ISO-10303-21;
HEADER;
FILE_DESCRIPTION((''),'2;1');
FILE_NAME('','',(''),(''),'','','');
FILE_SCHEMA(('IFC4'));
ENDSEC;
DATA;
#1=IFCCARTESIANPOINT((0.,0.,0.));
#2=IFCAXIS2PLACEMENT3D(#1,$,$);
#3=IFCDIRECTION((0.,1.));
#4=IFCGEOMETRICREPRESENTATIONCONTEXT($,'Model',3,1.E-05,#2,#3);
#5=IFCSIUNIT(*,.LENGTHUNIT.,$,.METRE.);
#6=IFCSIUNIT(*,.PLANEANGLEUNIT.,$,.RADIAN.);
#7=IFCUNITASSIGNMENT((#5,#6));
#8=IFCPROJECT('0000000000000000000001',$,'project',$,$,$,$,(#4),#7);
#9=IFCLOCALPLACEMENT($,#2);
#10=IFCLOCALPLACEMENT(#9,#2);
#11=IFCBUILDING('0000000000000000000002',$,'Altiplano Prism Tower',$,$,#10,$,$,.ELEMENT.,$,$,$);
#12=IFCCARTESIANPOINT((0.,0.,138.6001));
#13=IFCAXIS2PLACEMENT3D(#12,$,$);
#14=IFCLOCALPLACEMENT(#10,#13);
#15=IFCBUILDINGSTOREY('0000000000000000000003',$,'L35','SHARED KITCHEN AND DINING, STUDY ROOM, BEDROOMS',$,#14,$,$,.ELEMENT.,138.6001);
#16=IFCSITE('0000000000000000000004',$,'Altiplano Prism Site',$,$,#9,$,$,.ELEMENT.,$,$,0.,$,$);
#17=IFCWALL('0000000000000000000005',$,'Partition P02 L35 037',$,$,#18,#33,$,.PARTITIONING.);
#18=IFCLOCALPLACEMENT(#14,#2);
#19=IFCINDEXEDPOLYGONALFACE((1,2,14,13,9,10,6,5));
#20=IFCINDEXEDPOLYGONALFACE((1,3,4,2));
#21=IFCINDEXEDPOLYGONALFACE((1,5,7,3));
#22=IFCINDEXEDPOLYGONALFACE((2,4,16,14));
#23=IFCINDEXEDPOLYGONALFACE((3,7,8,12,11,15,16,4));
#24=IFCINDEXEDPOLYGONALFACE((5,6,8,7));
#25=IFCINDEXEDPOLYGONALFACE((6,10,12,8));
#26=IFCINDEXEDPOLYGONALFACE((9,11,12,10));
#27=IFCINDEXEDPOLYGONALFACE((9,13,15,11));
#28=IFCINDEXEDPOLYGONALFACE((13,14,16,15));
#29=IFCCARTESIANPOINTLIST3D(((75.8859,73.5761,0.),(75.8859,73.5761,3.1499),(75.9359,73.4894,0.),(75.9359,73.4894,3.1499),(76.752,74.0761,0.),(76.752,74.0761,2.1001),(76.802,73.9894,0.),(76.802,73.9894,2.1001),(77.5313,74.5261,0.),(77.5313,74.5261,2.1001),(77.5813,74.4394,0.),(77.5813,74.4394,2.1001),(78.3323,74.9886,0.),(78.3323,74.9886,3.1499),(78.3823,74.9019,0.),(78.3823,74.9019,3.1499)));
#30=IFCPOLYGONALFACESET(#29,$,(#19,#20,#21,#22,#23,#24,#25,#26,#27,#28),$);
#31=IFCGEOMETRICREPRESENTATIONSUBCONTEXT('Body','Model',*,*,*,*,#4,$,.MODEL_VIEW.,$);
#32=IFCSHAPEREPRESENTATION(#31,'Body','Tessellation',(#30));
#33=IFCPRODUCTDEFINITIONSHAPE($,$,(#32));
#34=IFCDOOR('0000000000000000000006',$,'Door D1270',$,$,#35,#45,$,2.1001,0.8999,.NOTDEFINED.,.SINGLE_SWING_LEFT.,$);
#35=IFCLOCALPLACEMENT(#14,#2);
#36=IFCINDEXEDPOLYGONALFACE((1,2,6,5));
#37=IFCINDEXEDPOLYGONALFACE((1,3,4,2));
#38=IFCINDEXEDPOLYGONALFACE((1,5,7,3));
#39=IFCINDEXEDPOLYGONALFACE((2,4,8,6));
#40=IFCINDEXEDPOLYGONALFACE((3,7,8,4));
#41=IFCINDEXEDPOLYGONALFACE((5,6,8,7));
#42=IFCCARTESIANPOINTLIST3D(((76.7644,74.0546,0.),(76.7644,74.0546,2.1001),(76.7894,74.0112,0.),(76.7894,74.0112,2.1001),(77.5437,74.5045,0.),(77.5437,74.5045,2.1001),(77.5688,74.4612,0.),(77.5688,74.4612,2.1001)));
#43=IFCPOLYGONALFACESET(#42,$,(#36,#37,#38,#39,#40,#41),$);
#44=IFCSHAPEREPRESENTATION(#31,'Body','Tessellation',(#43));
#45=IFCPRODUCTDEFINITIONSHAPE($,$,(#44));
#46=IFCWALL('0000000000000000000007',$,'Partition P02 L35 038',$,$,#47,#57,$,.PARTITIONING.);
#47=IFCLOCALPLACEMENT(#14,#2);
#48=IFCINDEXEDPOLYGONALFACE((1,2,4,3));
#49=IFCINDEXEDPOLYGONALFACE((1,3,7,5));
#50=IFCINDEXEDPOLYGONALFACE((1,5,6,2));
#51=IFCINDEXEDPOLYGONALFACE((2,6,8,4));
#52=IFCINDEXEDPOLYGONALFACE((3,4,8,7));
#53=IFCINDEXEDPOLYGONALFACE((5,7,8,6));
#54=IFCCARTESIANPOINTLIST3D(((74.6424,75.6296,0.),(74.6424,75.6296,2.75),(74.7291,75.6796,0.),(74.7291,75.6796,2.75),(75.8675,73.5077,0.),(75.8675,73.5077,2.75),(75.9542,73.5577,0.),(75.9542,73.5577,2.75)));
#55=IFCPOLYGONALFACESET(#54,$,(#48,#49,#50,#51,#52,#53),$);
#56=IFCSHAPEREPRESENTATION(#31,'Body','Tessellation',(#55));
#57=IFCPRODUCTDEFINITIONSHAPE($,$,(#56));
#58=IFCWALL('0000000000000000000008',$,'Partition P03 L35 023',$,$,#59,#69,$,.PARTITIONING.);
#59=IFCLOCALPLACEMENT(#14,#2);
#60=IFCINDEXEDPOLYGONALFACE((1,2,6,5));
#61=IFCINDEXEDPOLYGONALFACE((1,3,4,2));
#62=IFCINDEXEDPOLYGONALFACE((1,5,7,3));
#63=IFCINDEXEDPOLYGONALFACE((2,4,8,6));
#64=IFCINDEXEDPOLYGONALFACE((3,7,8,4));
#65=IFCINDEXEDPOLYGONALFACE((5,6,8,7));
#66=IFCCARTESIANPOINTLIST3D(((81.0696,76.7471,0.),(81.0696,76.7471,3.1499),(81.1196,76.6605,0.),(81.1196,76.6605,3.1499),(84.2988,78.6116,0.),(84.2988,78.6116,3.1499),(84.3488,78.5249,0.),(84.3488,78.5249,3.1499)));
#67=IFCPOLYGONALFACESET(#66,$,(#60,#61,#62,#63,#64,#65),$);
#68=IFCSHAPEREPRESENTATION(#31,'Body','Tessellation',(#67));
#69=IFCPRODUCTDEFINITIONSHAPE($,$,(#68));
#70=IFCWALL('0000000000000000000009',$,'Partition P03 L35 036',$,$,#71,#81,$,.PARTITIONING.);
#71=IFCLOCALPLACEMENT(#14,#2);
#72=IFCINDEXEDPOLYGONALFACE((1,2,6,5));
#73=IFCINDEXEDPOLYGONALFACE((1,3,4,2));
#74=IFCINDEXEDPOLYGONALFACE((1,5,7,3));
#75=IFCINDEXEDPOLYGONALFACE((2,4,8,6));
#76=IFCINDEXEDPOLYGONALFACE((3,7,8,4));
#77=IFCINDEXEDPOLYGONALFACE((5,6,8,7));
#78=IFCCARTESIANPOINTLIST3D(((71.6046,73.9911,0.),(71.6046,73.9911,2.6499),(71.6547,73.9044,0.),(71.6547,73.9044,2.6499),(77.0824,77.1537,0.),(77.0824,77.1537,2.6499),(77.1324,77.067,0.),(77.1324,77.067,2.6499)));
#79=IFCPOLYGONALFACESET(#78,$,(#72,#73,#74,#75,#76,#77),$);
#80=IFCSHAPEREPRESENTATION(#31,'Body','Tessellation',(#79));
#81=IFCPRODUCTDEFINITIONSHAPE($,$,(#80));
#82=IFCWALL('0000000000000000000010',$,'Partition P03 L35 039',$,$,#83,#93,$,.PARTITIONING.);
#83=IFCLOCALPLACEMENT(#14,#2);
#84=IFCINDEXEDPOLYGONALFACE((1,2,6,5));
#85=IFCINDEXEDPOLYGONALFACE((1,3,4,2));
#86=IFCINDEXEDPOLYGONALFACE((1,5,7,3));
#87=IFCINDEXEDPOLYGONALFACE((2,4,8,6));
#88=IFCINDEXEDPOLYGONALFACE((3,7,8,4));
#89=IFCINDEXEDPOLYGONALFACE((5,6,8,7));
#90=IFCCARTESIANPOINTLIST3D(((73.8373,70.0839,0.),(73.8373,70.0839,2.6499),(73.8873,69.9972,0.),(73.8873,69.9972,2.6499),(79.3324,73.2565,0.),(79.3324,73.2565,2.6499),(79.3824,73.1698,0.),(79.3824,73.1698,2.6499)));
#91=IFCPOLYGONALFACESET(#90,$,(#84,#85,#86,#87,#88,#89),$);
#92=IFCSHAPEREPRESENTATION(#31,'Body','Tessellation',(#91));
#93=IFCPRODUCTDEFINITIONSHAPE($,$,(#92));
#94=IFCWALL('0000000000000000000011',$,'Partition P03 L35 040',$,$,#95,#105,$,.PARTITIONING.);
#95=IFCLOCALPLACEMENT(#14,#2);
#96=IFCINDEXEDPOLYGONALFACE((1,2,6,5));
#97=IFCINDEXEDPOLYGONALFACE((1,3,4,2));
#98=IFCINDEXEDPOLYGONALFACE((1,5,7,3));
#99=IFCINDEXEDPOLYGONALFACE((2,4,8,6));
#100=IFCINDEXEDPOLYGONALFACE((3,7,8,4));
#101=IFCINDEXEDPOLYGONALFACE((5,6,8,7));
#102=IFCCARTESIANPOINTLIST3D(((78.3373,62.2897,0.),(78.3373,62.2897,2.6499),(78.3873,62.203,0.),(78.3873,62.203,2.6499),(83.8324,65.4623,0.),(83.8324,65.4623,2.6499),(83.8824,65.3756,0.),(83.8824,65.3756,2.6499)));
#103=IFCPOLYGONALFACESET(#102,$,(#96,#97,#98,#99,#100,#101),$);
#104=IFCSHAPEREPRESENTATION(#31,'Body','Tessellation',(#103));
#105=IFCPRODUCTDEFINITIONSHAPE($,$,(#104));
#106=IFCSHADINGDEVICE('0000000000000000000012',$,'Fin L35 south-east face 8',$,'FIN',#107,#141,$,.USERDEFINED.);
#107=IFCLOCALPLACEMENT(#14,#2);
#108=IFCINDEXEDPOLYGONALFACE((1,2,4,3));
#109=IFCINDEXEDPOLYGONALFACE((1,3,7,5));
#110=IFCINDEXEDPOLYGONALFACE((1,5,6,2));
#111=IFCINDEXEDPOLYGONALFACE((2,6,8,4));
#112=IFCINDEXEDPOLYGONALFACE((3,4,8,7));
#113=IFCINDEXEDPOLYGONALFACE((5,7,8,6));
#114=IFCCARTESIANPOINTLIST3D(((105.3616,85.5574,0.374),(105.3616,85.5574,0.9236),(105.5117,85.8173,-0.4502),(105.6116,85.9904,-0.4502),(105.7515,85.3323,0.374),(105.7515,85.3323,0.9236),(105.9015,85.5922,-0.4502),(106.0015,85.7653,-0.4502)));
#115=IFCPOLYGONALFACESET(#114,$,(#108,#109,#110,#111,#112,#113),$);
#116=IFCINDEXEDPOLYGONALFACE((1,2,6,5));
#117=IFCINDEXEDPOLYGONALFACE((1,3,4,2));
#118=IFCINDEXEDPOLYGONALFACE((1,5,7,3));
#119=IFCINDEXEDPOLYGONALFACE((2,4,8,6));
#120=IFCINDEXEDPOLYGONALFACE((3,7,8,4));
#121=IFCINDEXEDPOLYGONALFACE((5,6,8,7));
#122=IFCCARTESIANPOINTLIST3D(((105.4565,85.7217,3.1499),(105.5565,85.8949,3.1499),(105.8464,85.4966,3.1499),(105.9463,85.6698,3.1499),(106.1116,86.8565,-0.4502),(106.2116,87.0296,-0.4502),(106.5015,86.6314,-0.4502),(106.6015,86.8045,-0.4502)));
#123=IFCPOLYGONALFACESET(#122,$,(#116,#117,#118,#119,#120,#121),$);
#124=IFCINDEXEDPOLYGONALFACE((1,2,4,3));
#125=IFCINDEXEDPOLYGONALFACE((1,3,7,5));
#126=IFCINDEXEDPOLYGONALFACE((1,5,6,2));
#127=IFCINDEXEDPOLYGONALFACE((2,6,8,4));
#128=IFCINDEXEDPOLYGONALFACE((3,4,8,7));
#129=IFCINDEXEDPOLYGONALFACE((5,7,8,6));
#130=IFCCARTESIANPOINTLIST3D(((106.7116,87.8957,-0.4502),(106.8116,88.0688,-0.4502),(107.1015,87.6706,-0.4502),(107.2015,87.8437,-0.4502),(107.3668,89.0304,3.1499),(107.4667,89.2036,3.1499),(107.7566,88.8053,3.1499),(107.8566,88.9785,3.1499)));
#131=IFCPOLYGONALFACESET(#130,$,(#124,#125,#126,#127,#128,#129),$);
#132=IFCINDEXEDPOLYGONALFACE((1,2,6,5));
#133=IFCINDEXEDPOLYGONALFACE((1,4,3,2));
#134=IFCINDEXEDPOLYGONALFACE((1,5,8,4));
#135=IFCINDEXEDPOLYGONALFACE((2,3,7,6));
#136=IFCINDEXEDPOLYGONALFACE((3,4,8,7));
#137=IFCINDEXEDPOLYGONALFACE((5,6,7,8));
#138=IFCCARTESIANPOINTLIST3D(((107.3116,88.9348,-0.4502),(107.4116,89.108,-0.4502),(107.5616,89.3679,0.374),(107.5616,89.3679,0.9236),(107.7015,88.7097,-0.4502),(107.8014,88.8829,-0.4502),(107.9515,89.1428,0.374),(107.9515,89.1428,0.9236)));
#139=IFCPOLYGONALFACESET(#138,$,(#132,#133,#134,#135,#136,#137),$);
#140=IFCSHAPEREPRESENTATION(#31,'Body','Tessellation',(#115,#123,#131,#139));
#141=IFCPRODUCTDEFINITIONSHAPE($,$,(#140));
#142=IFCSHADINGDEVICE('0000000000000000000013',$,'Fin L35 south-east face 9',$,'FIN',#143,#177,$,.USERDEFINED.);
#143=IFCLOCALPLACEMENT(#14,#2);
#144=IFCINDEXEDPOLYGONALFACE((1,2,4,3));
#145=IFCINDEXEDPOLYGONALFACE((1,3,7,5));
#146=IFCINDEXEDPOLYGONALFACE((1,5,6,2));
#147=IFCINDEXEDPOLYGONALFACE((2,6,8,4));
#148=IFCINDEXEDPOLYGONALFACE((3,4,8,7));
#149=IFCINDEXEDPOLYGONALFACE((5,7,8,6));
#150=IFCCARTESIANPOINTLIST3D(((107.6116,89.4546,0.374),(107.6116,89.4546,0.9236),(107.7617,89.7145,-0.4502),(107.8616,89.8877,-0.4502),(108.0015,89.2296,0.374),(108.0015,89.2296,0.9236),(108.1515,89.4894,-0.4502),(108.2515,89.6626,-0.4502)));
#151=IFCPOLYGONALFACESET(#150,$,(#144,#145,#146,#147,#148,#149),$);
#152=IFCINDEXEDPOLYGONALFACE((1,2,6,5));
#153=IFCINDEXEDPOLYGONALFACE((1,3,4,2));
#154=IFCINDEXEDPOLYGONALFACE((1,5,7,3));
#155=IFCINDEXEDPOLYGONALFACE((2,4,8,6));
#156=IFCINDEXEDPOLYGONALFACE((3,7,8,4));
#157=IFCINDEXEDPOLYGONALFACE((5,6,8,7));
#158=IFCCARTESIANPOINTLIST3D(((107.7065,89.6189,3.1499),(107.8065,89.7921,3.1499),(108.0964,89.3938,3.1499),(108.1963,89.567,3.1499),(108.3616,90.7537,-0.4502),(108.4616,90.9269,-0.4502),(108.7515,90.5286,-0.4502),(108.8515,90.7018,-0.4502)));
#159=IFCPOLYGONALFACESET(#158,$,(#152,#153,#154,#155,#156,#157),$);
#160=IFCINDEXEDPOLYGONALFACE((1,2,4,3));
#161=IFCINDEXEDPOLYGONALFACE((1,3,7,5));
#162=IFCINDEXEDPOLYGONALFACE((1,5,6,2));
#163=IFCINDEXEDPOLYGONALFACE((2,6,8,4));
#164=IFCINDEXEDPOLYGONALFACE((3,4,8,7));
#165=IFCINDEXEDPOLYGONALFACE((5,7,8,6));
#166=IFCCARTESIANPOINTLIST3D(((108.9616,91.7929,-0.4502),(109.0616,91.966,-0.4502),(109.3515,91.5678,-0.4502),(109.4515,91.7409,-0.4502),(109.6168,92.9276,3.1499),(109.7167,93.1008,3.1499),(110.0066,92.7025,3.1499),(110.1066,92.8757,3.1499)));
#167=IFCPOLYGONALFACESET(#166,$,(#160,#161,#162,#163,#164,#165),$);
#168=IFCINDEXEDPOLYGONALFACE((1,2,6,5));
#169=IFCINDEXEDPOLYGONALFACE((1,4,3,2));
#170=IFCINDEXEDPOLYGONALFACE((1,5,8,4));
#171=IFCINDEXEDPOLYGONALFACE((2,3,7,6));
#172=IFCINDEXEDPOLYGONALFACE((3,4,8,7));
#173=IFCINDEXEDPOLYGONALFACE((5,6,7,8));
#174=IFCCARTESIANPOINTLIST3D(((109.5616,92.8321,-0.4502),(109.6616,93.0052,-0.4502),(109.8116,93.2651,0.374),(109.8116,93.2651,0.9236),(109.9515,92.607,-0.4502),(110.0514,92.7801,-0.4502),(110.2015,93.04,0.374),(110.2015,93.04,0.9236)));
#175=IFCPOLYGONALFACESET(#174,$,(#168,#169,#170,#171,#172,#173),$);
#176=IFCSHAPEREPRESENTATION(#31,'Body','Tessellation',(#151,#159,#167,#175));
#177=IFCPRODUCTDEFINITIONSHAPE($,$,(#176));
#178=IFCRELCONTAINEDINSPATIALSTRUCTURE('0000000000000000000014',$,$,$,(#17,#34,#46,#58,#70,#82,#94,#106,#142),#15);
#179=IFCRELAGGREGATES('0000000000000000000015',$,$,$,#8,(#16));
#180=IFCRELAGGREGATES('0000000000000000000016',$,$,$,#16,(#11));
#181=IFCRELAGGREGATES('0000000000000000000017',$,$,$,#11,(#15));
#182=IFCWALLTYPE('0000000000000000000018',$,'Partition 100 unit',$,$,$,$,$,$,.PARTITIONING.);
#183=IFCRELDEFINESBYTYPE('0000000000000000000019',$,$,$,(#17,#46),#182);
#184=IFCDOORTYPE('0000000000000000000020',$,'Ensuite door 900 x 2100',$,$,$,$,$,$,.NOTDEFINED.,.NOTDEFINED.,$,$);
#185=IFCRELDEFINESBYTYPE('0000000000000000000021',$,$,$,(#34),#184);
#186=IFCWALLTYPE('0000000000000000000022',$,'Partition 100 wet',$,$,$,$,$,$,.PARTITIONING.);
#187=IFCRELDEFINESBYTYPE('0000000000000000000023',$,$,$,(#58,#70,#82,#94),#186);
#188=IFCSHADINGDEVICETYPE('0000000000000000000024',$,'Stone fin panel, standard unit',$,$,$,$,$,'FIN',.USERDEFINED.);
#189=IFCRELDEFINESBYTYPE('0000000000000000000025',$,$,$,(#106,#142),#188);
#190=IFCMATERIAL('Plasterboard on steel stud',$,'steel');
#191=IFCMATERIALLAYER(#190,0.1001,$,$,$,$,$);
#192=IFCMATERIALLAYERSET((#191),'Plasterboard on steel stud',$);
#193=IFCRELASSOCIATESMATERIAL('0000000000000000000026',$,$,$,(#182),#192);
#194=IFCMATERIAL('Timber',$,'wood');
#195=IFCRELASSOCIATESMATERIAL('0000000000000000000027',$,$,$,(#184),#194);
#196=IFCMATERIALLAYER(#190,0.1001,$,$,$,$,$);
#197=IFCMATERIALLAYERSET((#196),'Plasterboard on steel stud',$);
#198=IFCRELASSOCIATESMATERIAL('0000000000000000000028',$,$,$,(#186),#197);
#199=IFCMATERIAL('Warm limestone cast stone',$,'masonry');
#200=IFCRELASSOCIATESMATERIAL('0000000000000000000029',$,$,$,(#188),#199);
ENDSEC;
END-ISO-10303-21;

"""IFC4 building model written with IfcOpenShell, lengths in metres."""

from ifc_helpers import new_model, si_unit, direction, frame, frame_2d, origin, place, context, subcontext, project, spatial, polyline, rectangle, outline, extrude, source, transform, mapped, material, layer, layer_set, type_object, element, fill, save


model = new_model("IFC4")

# Units and contexts
model_context = context("Model", 3, precision=1e-05, world=origin(), true_north=direction((0.0, 1.0)))
body_context = subcontext(model_context, "Body", "Model", "MODEL_VIEW")
ifc_project = project(units=[si_unit("LENGTHUNIT", "METRE"), si_unit("PLANEANGLEUNIT", "RADIAN")], contexts=[model_context])

# Site, building, storey
site_placement = place(None, origin())
site = spatial("IfcSite", under=ifc_project, at=site_placement, Name="Altiplano Prism Site", CompositionType="ELEMENT", RefElevation=0.0)
building_placement = place(site_placement, origin())
building = spatial("IfcBuilding", under=site, at=building_placement, Name="Altiplano Prism Tower", CompositionType="ELEMENT")
storey_placement = place(building_placement, frame((0.0, 0.0, 138.6001)))
storey = spatial("IfcBuildingStorey", under=building, at=storey_placement, Name="L35", Description="SHARED KITCHEN AND DINING, STUDY ROOM, BEDROOMS", CompositionType="ELEMENT", Elevation=138.6001)

# Wall, opening, door
ifc_material_1 = material(Name="Plasterboard on steel stud", Category="steel")
ifc_layer_1 = layer(ifc_material_1, 0.1001)
ifc_layer_set_1 = layer_set([ifc_layer_1], Name="Plasterboard on steel stud")
wall_type_1 = type_object("IfcWallType", Name="Partition 100 unit", PredefinedType="PARTITIONING", material=ifc_layer_set_1)
wall_1_placement = place(storey_placement, frame((78.3574, 74.9453, 0.0), z_axis=(0.0, 0.0, 1.0), x_axis=(-0.866011, -0.500024, 0.0)))
wall_1 = element("IfcWall", 1, at=wall_1_placement, inside=storey, type_object=wall_type_1, Name="Partition P02 L35 037", PredefinedType="PARTITIONING", context=body_context, shape_type="SweptSolid", body=[
    extrude(rectangle(XDim=2.825, YDim=0.1001, at=frame_2d((1.4126, 0.0))), origin(), (0.0, 0.0, 1.0), 3.1499),
])
opening_placement = place(wall_1_placement, frame((0.925, 0.0, 0.0)))
opening = element("IfcOpeningElement", 2, at=opening_placement, cuts=wall_1, PredefinedType="OPENING", context=body_context, shape_type="SweptSolid", body=[
    extrude(rectangle(XDim=0.8999, YDim=2.1001, at=frame_2d((0.45, 1.05))), frame((0.0, 0.0605, 0.0), z_axis=(0.0, -1.0, 0.0), x_axis=(1.0, 0.0, 0.0)), (0.0, 0.0, 1.0), 0.1211),
])
ifc_material_2 = material(Name="Timber", Category="wood")
door_type = type_object("IfcDoorType", Name="Ensuite door 900 x 2100", OperationType="NOTDEFINED", PredefinedType="NOTDEFINED", material=ifc_material_2)
door_placement = place(opening_placement, origin())
door = element("IfcDoor", 3, at=door_placement, inside=storey, type_object=door_type, Name="Door D1270", OperationType="SINGLE_SWING_LEFT", OverallHeight=2.1001, OverallWidth=0.8999, PredefinedType="NOTDEFINED", context=body_context, shape_type="SweptSolid", body=[
    extrude(rectangle(XDim=0.8999, YDim=2.1001, at=frame_2d((0.45, 1.05))), frame((0.0, 0.0249, 0.0), z_axis=(0.0, -1.0, 0.0), x_axis=(1.0, 0.0, 0.0)), (0.0, 0.0, 1.0), 0.05),
])
fill(opening, door)

# Walls
wall_2_placement = place(storey_placement, frame((75.9109, 73.5327, 0.0), z_axis=(0.0, 0.0, 1.0), x_axis=(-0.500019, 0.866015, 0.0)))
element("IfcWall", 4, at=wall_2_placement, inside=storey, type_object=wall_type_1, Name="Partition P02 L35 038", PredefinedType="PARTITIONING", context=body_context, shape_type="SweptSolid", body=[
    extrude(rectangle(XDim=2.4502, YDim=0.1001, at=frame_2d((1.2251, 0.0))), origin(), (0.0, 0.0, 1.0), 2.75),
])
ifc_layer_2 = layer(ifc_material_1, 0.1001)
ifc_layer_set_2 = layer_set([ifc_layer_2], Name="Plasterboard on steel stud")
wall_type_2 = type_object("IfcWallType", Name="Partition 100 wet", PredefinedType="PARTITIONING", material=ifc_layer_set_2)
wall_3_placement = place(storey_placement, frame((81.0947, 76.7039, 0.0), z_axis=(0.0, 0.0, 1.0), x_axis=(0.866014, 0.500019, 0.0)))
element("IfcWall", 5, at=wall_3_placement, inside=storey, type_object=wall_type_2, Name="Partition P03 L35 023", PredefinedType="PARTITIONING", context=body_context, shape_type="SweptSolid", body=[
    extrude(rectangle(XDim=3.7288, YDim=0.1001, at=frame_2d((1.8643, 0.0))), origin(), (0.0, 0.0, 1.0), 3.1499),
])
wall_4_placement = place(storey_placement, frame((71.6296, 73.9478, 0.0), z_axis=(0.0, 0.0, 1.0), x_axis=(0.866026, 0.5, 0.0)))
element("IfcWall", 6, at=wall_4_placement, inside=storey, type_object=wall_type_2, Name="Partition P03 L35 036", PredefinedType="PARTITIONING", context=body_context, shape_type="SweptSolid", body=[
    extrude(rectangle(XDim=6.3252, YDim=0.1001, at=frame_2d((3.1626, 0.0))), origin(), (0.0, 0.0, 1.0), 2.6499),
])
for number, where, z_axis, x_axis, name in (
    (7, (73.8623, 70.0405, 0.0), (0.0, 0.0, 1.0), (0.866025, 0.5, 0.0), "Partition P03 L35 039"),
    (8, (78.3623, 62.2463, 0.0), (0.0, 0.0, 1.0), (0.866025, 0.5, 0.0), "Partition P03 L35 040"),
):
    element("IfcWall", number, at=place(storey_placement, frame(where, z_axis=z_axis, x_axis=x_axis)), inside=storey, type_object=wall_type_2, Name=name, PredefinedType="PARTITIONING", context=body_context, shape_type="SweptSolid", body=[
        extrude(rectangle(XDim=6.3452, YDim=0.1001, at=frame_2d((3.1726, 0.0))), origin(), (0.0, 0.0, 1.0), 2.6499),
    ])

# Shading devices
ifc_material_3 = material(Name="Warm limestone cast stone", Category="masonry")
shading_device_type_1 = type_object("IfcShadingDeviceType", Name="Stone fin panel, standard unit", ElementType="FIN", PredefinedType="USERDEFINED", material=ifc_material_3)
shared_shape_1 = source(origin(), body_context, "Body", "SweptSolid", [
    extrude(outline(polyline([(-2.2, 1.3738), (-2.2, 0.8242), (-1.8999, 0.0), (-1.7, 0.0), (-2.2, 1.3738)])), frame((0.0, -0.1499, 0.0), z_axis=(0.0, -1.0, 0.0), x_axis=(1.0, 0.0, 0.0)), (0.0, 0.0, 1.0), 0.4502),
    extrude(outline(polyline([(-2.0103, 3.6001), (-0.7, 0.0), (-0.5, 0.0), (-1.8103, 3.6001), (-2.0103, 3.6001)])), frame((0.0, -0.1499, 0.0), z_axis=(0.0, -1.0, 0.0), x_axis=(1.0, 0.0, 0.0)), (0.0, 0.0, 1.0), 0.4502),
    extrude(outline(polyline([(1.8103, 3.6001), (0.5, 0.0), (0.7, 0.0), (2.0103, 3.6001), (1.8103, 3.6001)])), frame((0.0, -0.1499, 0.0), z_axis=(0.0, -1.0, 0.0), x_axis=(1.0, 0.0, 0.0)), (0.0, 0.0, 1.0), 0.4502),
    extrude(outline(polyline([(2.2, 0.8242), (2.2, 1.3738), (1.7, 0.0), (1.8999, 0.0), (2.2, 0.8242)])), frame((0.0, -0.1499, 0.0), z_axis=(0.0, -1.0, 0.0), x_axis=(1.0, 0.0, 0.0)), (0.0, 0.0, 1.0), 0.4502),
])
shading_device_1_placement = place(storey_placement, origin())
element("IfcShadingDevice", 9, at=shading_device_1_placement, inside=storey, type_object=shading_device_type_1, Name="Fin L35 south-east face 8", ObjectType="FIN", PredefinedType="USERDEFINED", context=body_context, shape_type="MappedRepresentation", body=[
    mapped(shared_shape_1, transform((106.3318, 87.5376, -0.4502), x_axis=(0.5, 0.866025, 0.0), y_axis=(-0.866025, 0.5, 0.0), z_axis=(0.0, 0.0, 1.0))),
])
shading_device_2_placement = place(storey_placement, origin())
element("IfcShadingDevice", 10, at=shading_device_2_placement, inside=storey, type_object=shading_device_type_1, Name="Fin L35 south-east face 9", ObjectType="FIN", PredefinedType="USERDEFINED", context=body_context, shape_type="MappedRepresentation", body=[
    mapped(shared_shape_1, transform((108.5818, 91.4348, -0.4502), x_axis=(0.5, 0.866025, 0.0), y_axis=(-0.866025, 0.5, 0.0), z_axis=(0.0, 0.0, 1.0))),
])

save(model, "model.ifc")
